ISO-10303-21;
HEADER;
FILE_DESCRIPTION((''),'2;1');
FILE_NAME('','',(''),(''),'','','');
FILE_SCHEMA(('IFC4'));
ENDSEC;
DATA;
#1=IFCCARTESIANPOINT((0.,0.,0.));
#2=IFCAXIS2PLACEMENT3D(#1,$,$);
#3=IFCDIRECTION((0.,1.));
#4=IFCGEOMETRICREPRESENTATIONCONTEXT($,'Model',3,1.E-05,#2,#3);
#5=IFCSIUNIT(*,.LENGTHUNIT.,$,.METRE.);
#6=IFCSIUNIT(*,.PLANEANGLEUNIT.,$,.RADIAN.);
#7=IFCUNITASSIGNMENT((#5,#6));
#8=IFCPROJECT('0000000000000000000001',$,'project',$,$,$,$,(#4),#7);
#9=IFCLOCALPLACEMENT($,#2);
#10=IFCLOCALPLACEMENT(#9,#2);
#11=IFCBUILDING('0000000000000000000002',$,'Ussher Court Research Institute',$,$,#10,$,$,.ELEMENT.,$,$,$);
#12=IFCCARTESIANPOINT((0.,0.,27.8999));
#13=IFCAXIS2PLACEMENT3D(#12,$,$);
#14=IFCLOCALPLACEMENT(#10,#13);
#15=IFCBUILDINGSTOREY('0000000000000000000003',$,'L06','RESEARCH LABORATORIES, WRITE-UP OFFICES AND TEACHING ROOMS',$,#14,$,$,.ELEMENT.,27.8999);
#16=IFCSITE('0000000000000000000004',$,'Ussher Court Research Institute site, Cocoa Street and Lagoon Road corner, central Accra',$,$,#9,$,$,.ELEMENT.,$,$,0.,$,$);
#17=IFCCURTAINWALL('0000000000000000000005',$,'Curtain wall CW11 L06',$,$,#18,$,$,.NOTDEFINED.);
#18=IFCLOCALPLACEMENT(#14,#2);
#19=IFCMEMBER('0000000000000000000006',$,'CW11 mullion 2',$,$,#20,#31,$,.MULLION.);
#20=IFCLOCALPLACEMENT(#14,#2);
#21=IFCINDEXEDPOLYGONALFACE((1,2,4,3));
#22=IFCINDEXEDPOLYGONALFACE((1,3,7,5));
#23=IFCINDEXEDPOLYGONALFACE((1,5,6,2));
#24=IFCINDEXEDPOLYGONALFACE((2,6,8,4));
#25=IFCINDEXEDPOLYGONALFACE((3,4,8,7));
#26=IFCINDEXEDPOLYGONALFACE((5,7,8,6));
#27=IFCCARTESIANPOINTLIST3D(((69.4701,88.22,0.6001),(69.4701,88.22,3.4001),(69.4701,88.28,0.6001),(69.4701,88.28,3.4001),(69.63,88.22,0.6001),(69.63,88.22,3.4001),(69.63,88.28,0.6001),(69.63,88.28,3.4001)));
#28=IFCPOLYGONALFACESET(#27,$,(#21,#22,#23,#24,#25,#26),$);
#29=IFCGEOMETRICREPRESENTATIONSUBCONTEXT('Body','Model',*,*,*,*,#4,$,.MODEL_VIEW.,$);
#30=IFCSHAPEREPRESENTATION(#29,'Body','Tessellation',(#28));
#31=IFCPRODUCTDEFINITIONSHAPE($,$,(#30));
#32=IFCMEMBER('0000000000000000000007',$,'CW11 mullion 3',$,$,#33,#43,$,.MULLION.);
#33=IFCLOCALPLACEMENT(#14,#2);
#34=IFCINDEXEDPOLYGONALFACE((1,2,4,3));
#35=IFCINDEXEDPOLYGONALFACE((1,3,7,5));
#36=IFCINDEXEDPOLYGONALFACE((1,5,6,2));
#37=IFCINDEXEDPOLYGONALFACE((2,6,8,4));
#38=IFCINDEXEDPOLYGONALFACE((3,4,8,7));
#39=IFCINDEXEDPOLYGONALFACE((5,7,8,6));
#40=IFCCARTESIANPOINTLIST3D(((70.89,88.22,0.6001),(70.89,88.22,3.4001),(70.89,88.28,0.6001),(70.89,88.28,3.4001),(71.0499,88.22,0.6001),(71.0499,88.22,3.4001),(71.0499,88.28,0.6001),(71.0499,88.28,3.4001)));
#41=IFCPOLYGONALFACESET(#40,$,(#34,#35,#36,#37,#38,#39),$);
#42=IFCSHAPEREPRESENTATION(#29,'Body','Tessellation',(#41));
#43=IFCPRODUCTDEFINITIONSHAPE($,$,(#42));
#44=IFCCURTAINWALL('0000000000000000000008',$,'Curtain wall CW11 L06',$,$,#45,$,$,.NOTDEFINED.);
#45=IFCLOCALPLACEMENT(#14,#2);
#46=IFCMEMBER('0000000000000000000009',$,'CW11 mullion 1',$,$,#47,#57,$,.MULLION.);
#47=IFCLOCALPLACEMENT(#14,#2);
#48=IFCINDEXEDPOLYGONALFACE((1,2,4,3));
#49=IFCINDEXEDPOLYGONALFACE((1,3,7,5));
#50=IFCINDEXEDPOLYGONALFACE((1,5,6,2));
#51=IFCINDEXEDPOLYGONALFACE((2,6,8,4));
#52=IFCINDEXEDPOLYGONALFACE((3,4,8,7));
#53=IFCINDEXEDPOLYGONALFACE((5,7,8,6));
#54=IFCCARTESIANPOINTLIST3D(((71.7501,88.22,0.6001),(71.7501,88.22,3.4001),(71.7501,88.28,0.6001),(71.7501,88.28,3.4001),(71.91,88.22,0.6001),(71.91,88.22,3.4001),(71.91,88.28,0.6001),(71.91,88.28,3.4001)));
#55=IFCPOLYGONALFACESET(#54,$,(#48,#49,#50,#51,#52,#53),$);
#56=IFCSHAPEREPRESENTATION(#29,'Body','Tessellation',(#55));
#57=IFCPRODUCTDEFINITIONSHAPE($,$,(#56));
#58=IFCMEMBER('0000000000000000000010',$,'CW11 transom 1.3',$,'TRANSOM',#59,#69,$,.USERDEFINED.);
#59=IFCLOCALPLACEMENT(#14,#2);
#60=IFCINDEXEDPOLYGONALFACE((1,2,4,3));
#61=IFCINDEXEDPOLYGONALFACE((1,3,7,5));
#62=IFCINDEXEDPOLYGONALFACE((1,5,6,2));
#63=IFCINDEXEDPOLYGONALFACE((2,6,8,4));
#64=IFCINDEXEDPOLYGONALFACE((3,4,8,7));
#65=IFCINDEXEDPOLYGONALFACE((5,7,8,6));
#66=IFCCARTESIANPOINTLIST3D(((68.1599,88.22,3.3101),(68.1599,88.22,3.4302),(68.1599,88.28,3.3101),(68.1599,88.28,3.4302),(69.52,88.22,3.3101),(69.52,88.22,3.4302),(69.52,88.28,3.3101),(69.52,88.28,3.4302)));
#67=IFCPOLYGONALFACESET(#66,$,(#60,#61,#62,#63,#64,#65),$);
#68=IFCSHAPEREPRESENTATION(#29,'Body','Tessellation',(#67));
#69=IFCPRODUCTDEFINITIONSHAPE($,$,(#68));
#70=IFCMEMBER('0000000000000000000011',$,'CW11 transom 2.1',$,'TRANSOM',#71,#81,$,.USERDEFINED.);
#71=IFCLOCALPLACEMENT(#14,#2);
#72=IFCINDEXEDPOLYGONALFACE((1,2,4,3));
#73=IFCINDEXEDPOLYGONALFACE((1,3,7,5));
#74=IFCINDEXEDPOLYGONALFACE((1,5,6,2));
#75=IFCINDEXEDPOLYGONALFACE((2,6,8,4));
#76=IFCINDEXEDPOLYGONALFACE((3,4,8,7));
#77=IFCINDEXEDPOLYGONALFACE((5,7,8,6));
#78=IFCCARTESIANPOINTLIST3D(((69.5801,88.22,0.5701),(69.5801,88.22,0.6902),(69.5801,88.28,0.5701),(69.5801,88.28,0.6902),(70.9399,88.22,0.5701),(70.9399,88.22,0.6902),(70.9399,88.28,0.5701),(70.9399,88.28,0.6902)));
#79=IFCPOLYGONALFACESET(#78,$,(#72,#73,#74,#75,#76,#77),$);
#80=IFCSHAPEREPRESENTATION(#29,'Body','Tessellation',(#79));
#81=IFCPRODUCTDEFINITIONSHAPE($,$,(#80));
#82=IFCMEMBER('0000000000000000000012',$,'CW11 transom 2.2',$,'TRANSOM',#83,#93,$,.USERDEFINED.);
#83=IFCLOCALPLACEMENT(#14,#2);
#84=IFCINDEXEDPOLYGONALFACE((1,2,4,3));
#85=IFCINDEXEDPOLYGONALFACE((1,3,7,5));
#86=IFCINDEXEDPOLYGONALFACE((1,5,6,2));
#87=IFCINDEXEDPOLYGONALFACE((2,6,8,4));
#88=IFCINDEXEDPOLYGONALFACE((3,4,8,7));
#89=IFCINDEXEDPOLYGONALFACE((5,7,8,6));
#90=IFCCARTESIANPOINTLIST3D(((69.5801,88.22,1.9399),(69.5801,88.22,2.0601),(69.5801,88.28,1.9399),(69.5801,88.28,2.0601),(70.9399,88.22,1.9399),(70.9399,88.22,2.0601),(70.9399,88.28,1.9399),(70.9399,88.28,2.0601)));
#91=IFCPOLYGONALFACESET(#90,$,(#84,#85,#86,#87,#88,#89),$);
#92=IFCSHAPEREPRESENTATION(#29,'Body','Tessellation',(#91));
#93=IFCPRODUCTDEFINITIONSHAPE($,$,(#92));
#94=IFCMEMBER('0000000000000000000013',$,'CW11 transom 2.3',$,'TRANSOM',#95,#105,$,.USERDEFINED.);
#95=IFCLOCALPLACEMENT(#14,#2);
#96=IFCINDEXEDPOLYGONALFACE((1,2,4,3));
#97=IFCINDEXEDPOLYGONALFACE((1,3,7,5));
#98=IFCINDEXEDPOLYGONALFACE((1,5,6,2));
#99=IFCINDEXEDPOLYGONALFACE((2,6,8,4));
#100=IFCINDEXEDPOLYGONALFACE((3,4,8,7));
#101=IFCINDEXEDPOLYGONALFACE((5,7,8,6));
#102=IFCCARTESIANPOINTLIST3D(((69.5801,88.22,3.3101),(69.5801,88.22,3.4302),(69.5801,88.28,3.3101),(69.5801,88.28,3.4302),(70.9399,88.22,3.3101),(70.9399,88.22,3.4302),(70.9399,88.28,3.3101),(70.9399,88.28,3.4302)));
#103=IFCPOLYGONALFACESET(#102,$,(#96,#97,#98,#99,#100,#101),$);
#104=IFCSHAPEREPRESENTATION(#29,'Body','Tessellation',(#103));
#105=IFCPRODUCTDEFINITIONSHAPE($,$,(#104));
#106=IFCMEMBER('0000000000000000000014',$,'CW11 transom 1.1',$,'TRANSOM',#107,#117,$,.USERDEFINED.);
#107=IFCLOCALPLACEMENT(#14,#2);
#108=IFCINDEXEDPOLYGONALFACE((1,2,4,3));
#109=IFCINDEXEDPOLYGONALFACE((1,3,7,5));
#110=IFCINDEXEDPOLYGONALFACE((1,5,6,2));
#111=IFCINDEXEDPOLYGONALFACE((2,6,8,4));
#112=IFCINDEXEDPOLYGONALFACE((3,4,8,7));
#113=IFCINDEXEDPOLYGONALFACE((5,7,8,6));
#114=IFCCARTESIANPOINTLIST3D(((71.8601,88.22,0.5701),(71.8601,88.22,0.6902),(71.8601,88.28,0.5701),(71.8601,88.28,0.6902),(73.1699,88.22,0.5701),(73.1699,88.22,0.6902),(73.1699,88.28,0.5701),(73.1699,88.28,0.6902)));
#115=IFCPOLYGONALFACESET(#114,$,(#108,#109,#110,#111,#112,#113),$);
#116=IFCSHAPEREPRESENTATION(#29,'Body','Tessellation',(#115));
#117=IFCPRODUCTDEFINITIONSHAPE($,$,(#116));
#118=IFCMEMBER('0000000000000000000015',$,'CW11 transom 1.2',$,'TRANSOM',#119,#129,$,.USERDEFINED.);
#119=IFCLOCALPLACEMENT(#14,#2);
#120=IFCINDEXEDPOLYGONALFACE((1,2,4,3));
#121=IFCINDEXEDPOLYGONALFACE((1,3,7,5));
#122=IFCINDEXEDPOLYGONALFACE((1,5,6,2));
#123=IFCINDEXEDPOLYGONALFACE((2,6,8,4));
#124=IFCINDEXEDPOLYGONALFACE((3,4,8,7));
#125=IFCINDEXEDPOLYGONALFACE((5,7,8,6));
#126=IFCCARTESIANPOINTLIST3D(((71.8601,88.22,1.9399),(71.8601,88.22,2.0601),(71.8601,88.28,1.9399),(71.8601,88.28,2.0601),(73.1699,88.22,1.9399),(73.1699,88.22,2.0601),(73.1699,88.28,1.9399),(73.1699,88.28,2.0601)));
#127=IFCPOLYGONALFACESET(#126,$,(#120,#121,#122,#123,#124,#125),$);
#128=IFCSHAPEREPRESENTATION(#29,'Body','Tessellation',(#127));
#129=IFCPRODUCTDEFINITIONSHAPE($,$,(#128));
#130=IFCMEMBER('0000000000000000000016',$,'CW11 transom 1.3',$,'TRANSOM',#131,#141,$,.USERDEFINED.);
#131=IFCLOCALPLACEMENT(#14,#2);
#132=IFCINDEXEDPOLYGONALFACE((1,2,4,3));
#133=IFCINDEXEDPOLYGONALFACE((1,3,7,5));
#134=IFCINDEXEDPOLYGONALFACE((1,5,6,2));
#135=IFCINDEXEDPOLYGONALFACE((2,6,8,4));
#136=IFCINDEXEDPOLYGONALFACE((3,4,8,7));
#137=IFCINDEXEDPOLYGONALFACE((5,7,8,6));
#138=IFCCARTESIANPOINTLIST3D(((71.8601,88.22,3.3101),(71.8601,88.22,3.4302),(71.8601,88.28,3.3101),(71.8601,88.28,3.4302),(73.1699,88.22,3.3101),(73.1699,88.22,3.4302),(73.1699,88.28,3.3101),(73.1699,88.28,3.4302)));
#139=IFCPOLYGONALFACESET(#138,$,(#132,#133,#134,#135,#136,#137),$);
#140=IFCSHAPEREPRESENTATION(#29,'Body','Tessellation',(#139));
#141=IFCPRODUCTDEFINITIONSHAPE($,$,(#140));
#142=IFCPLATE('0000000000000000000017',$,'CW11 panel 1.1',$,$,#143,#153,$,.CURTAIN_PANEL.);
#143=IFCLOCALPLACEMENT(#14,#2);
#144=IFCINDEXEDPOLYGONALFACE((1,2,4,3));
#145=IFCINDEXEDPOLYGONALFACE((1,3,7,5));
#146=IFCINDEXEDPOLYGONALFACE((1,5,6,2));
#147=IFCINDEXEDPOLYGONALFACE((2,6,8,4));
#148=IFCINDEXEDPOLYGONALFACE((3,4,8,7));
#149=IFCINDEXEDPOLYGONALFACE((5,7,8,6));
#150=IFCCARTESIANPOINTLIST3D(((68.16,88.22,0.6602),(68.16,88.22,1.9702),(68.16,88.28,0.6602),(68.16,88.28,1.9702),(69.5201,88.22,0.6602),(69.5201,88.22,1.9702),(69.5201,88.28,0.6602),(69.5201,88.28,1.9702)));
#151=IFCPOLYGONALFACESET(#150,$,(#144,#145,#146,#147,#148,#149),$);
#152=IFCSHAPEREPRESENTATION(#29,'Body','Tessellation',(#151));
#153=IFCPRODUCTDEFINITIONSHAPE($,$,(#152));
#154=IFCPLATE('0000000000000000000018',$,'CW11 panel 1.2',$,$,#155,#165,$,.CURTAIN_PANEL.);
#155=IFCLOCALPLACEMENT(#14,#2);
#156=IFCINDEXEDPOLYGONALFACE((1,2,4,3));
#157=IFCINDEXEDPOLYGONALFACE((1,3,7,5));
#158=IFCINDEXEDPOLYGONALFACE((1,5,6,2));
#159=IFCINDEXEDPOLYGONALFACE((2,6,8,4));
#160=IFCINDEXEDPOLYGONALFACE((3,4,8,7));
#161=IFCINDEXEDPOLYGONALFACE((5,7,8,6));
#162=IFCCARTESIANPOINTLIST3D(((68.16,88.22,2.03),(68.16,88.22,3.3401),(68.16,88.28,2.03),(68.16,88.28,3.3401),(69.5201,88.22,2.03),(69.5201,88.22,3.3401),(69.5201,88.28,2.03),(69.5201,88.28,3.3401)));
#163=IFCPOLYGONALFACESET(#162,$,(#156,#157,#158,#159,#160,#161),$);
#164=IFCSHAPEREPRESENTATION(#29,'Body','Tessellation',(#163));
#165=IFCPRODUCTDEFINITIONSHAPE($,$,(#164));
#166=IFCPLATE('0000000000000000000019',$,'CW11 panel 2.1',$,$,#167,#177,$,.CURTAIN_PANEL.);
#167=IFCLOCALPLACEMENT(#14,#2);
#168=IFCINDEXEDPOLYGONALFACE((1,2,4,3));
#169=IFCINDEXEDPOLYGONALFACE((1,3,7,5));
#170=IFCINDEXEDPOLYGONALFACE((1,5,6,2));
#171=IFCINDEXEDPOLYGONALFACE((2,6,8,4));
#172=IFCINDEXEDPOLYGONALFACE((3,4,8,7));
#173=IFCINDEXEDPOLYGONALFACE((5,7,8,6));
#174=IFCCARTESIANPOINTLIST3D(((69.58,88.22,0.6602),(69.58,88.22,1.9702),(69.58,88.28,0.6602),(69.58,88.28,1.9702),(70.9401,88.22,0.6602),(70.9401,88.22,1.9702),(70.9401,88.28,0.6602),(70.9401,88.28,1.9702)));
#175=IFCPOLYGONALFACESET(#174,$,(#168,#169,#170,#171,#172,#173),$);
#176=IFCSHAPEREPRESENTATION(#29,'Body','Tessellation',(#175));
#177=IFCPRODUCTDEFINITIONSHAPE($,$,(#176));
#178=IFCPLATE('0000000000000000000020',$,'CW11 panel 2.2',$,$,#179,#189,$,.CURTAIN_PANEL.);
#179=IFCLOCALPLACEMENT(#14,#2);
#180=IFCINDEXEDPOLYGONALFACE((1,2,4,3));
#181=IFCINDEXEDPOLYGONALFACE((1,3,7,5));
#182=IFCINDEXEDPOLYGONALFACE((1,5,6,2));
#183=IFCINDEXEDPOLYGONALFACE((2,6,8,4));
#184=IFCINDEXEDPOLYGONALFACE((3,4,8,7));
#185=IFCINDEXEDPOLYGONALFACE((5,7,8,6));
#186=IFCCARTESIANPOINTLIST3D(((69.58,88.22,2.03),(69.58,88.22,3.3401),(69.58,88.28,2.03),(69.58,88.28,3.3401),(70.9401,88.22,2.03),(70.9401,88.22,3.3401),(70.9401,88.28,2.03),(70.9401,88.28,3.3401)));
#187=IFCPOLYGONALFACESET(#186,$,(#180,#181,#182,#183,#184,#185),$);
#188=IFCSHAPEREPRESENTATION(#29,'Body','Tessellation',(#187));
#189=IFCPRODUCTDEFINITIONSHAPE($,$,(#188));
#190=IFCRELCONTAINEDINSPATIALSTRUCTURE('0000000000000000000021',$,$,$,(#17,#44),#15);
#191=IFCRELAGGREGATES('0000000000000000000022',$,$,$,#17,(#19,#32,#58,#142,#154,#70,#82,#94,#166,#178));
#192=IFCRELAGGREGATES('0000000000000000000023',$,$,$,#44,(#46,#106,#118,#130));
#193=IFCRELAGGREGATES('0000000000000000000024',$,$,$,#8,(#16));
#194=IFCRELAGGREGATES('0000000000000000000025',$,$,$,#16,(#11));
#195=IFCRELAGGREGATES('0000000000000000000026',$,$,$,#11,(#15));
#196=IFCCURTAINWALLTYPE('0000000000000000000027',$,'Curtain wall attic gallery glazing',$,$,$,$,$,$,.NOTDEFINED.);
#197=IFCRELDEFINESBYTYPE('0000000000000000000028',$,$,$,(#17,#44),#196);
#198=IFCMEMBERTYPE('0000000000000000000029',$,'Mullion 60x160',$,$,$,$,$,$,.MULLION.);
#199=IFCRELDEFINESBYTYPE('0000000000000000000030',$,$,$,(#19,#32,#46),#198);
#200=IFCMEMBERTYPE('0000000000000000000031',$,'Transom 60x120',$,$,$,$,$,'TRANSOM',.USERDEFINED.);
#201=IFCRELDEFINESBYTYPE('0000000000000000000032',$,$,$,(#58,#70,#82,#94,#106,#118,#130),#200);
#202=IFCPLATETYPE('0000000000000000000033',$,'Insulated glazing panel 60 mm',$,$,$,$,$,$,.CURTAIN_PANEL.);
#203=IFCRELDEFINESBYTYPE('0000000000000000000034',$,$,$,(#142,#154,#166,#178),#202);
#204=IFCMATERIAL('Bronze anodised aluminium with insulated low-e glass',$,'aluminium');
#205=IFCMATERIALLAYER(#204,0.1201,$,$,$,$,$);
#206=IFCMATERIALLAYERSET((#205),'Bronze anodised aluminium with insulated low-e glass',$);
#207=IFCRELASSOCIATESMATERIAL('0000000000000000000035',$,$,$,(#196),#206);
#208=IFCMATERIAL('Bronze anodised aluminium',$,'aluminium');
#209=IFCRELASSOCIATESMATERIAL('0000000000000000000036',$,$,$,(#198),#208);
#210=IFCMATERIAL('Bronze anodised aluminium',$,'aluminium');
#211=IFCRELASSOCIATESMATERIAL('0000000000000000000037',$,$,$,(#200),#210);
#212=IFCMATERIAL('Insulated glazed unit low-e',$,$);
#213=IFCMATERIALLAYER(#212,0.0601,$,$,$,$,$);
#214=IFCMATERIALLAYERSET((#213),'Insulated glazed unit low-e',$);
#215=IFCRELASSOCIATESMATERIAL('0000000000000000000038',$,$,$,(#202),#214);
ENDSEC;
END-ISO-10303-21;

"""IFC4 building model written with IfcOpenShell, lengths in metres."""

from ifc_helpers import new_model, si_unit, direction, frame, origin, origin_2d, place, context, subcontext, project, spatial, rectangle, extrude, material, layer, layer_set, material_profile, profile_set, type_object, element, aggregate, save


model = new_model("IFC4")

# Units and contexts
model_context = context("Model", 3, precision=1e-05, world=origin(), true_north=direction((0.0, 1.0)))
body_context = subcontext(model_context, "Body", "Model", "MODEL_VIEW")
ifc_project = project(units=[si_unit("LENGTHUNIT", "METRE"), si_unit("PLANEANGLEUNIT", "RADIAN")], contexts=[model_context])

# Site, building, storey
site_placement = place(None, origin())
site = spatial("IfcSite", under=ifc_project, at=site_placement, Name="Ussher Court Research Institute site, Cocoa Street and Lagoon Road corner, central Accra", CompositionType="ELEMENT", RefElevation=0.0)
building_placement = place(site_placement, origin())
building = spatial("IfcBuilding", under=site, at=building_placement, Name="Ussher Court Research Institute", CompositionType="ELEMENT")
storey_placement = place(building_placement, frame((0.0, 0.0, 27.8999)))
storey = spatial("IfcBuildingStorey", under=building, at=storey_placement, Name="L06", Description="RESEARCH LABORATORIES, WRITE-UP OFFICES AND TEACHING ROOMS", CompositionType="ELEMENT", Elevation=27.8999)

# Curtain wall, members
ifc_material_1 = material(Name="Bronze anodised aluminium with insulated low-e glass", Category="aluminium")
ifc_layer_1 = layer(ifc_material_1, 0.1201)
ifc_layer_set_1 = layer_set([ifc_layer_1], Name="Bronze anodised aluminium with insulated low-e glass")
curtain_wall_type = type_object("IfcCurtainWallType", Name="Curtain wall attic gallery glazing", PredefinedType="NOTDEFINED", material=ifc_layer_set_1)
curtain_wall_1_placement = place(storey_placement, origin())
curtain_wall_1 = element("IfcCurtainWall", 1, at=curtain_wall_1_placement, inside=storey, type_object=curtain_wall_type, Name="Curtain wall CW11 L06", PredefinedType="NOTDEFINED")
ifc_material_2 = material(Name="Bronze anodised aluminium", Category="aluminium")
ifc_material_profile_1 = material_profile(ifc_material_2, rectangle(XDim=0.0601, YDim=0.1599, at=origin_2d()), Name="Mullion 60x160")
ifc_profile_set_1 = profile_set([ifc_material_profile_1], Name="Bronze anodised aluminium")
member_type_1 = type_object("IfcMemberType", Name="Mullion 60x160", PredefinedType="MULLION", material=ifc_profile_set_1)
member_1_placement = place(storey_placement, frame((69.55, 88.25, 0.6001), z_axis=(0.0, 0.0, 1.0), x_axis=(0.0, 1.0, 0.0)))
member_1 = element("IfcMember", 2, at=member_1_placement, type_object=member_type_1, Name="CW11 mullion 2", PredefinedType="MULLION", context=body_context, shape_type="SweptSolid", body=[
    extrude(rectangle(XDim=0.0601, YDim=0.1599, at=origin_2d()), origin(), (0.0, 0.0, 1.0), 2.8),
])
member_2_placement = place(storey_placement, frame((70.97, 88.25, 0.6001), z_axis=(0.0, 0.0, 1.0), x_axis=(0.0, 1.0, 0.0)))
member_2 = element("IfcMember", 3, at=member_2_placement, type_object=member_type_1, Name="CW11 mullion 3", PredefinedType="MULLION", context=body_context, shape_type="SweptSolid", body=[
    extrude(rectangle(XDim=0.0601, YDim=0.1599, at=origin_2d()), origin(), (0.0, 0.0, 1.0), 2.8),
])

# Curtain wall, member
curtain_wall_2_placement = place(storey_placement, origin())
curtain_wall_2 = element("IfcCurtainWall", 4, at=curtain_wall_2_placement, inside=storey, type_object=curtain_wall_type, Name="Curtain wall CW11 L06", PredefinedType="NOTDEFINED")
member_3_placement = place(storey_placement, frame((71.8301, 88.25, 0.6001), z_axis=(0.0, 0.0, 1.0), x_axis=(0.0, 1.0, 0.0)))
member_3 = element("IfcMember", 5, at=member_3_placement, type_object=member_type_1, Name="CW11 mullion 1", PredefinedType="MULLION", context=body_context, shape_type="SweptSolid", body=[
    extrude(rectangle(XDim=0.0601, YDim=0.1599, at=origin_2d()), origin(), (0.0, 0.0, 1.0), 2.8),
])

# Members
ifc_material_3 = material(Name="Bronze anodised aluminium", Category="aluminium")
ifc_material_profile_2 = material_profile(ifc_material_3, rectangle(XDim=0.0601, YDim=0.1201, at=origin_2d()), Name="Transom 60x120")
ifc_profile_set_2 = profile_set([ifc_material_profile_2], Name="Bronze anodised aluminium")
member_type_2 = type_object("IfcMemberType", Name="Transom 60x120", ElementType="TRANSOM", PredefinedType="USERDEFINED", material=ifc_profile_set_2)
member_4_placement = place(storey_placement, frame((68.1599, 88.25, 3.3701), z_axis=(1.0, 0.0, 0.0), x_axis=(0.0, 1.0, 0.0)))
member_4 = element("IfcMember", 6, at=member_4_placement, type_object=member_type_2, Name="CW11 transom 1.3", ObjectType="TRANSOM", PredefinedType="USERDEFINED", context=body_context, shape_type="SweptSolid", body=[
    extrude(rectangle(XDim=0.0601, YDim=0.1201, at=origin_2d()), origin(), (0.0, 0.0, 1.0), 1.3601),
])
member_5_placement = place(storey_placement, frame((69.5801, 88.25, 0.6301), z_axis=(1.0, 0.0, 0.0), x_axis=(0.0, 1.0, 0.0)))
member_5 = element("IfcMember", 7, at=member_5_placement, type_object=member_type_2, Name="CW11 transom 2.1", ObjectType="TRANSOM", PredefinedType="USERDEFINED", context=body_context, shape_type="SweptSolid", body=[
    extrude(rectangle(XDim=0.0601, YDim=0.1201, at=origin_2d()), origin(), (0.0, 0.0, 1.0), 1.3599),
])
member_6_placement = place(storey_placement, frame((69.5801, 88.25, 2.0), z_axis=(1.0, 0.0, 0.0), x_axis=(0.0, 1.0, 0.0)))
member_6 = element("IfcMember", 8, at=member_6_placement, type_object=member_type_2, Name="CW11 transom 2.2", ObjectType="TRANSOM", PredefinedType="USERDEFINED", context=body_context, shape_type="SweptSolid", body=[
    extrude(rectangle(XDim=0.0601, YDim=0.1201, at=origin_2d()), origin(), (0.0, 0.0, 1.0), 1.3599),
])
member_7_placement = place(storey_placement, frame((69.5801, 88.25, 3.3701), z_axis=(1.0, 0.0, 0.0), x_axis=(0.0, 1.0, 0.0)))
member_7 = element("IfcMember", 9, at=member_7_placement, type_object=member_type_2, Name="CW11 transom 2.3", ObjectType="TRANSOM", PredefinedType="USERDEFINED", context=body_context, shape_type="SweptSolid", body=[
    extrude(rectangle(XDim=0.0601, YDim=0.1201, at=origin_2d()), origin(), (0.0, 0.0, 1.0), 1.3599),
])
member_8_placement = place(storey_placement, frame((71.8601, 88.25, 0.6301), z_axis=(1.0, 0.0, 0.0), x_axis=(0.0, 1.0, 0.0)))
member_8 = element("IfcMember", 10, at=member_8_placement, type_object=member_type_2, Name="CW11 transom 1.1", ObjectType="TRANSOM", PredefinedType="USERDEFINED", context=body_context, shape_type="SweptSolid", body=[
    extrude(rectangle(XDim=0.0601, YDim=0.1201, at=origin_2d()), origin(), (0.0, 0.0, 1.0), 1.3098),
])
member_9_placement = place(storey_placement, frame((71.8601, 88.25, 2.0), z_axis=(1.0, 0.0, 0.0), x_axis=(0.0, 1.0, 0.0)))
member_9 = element("IfcMember", 11, at=member_9_placement, type_object=member_type_2, Name="CW11 transom 1.2", ObjectType="TRANSOM", PredefinedType="USERDEFINED", context=body_context, shape_type="SweptSolid", body=[
    extrude(rectangle(XDim=0.0601, YDim=0.1201, at=origin_2d()), origin(), (0.0, 0.0, 1.0), 1.3098),
])
member_10_placement = place(storey_placement, frame((71.8601, 88.25, 3.3701), z_axis=(1.0, 0.0, 0.0), x_axis=(0.0, 1.0, 0.0)))
member_10 = element("IfcMember", 12, at=member_10_placement, type_object=member_type_2, Name="CW11 transom 1.3", ObjectType="TRANSOM", PredefinedType="USERDEFINED", context=body_context, shape_type="SweptSolid", body=[
    extrude(rectangle(XDim=0.0601, YDim=0.1201, at=origin_2d()), origin(), (0.0, 0.0, 1.0), 1.3098),
])

# Plates
ifc_material_4 = material(Name="Insulated glazed unit low-e")
ifc_layer_2 = layer(ifc_material_4, 0.0601)
ifc_layer_set_2 = layer_set([ifc_layer_2], Name="Insulated glazed unit low-e")
plate_type = type_object("IfcPlateType", Name="Insulated glazing panel 60 mm", PredefinedType="CURTAIN_PANEL", material=ifc_layer_set_2)
plate_1_placement = place(storey_placement, frame((68.8401, 88.25, 0.6602), z_axis=(0.0, 0.0, 1.0), x_axis=(1.0, 0.0, 0.0)))
plate_1 = element("IfcPlate", 13, at=plate_1_placement, type_object=plate_type, Name="CW11 panel 1.1", PredefinedType="CURTAIN_PANEL", context=body_context, shape_type="SweptSolid", body=[
    extrude(rectangle(XDim=1.3601, YDim=0.0601, at=origin_2d()), origin(), (0.0, 0.0, 1.0), 1.3101),
])
plate_2_placement = place(storey_placement, frame((68.8401, 88.25, 2.03), z_axis=(0.0, 0.0, 1.0), x_axis=(1.0, 0.0, 0.0)))
plate_2 = element("IfcPlate", 14, at=plate_2_placement, type_object=plate_type, Name="CW11 panel 1.2", PredefinedType="CURTAIN_PANEL", context=body_context, shape_type="SweptSolid", body=[
    extrude(rectangle(XDim=1.3601, YDim=0.0601, at=origin_2d()), origin(), (0.0, 0.0, 1.0), 1.3101),
])
plate_3_placement = place(storey_placement, frame((70.26, 88.25, 0.6602), z_axis=(0.0, 0.0, 1.0), x_axis=(1.0, 0.0, 0.0)))
plate_3 = element("IfcPlate", 15, at=plate_3_placement, type_object=plate_type, Name="CW11 panel 2.1", PredefinedType="CURTAIN_PANEL", context=body_context, shape_type="SweptSolid", body=[
    extrude(rectangle(XDim=1.3601, YDim=0.0601, at=origin_2d()), origin(), (0.0, 0.0, 1.0), 1.3101),
])
plate_4_placement = place(storey_placement, frame((70.26, 88.25, 2.03), z_axis=(0.0, 0.0, 1.0), x_axis=(1.0, 0.0, 0.0)))
plate_4 = element("IfcPlate", 16, at=plate_4_placement, type_object=plate_type, Name="CW11 panel 2.2", PredefinedType="CURTAIN_PANEL", context=body_context, shape_type="SweptSolid", body=[
    extrude(rectangle(XDim=1.3601, YDim=0.0601, at=origin_2d()), origin(), (0.0, 0.0, 1.0), 1.3101),
])
aggregate(curtain_wall_1, [member_1, member_2, member_4, plate_1, plate_2, member_5, member_6, member_7, plate_3, plate_4])
aggregate(curtain_wall_2, [member_3, member_8, member_9, member_10])

save(model, "model.ifc")
